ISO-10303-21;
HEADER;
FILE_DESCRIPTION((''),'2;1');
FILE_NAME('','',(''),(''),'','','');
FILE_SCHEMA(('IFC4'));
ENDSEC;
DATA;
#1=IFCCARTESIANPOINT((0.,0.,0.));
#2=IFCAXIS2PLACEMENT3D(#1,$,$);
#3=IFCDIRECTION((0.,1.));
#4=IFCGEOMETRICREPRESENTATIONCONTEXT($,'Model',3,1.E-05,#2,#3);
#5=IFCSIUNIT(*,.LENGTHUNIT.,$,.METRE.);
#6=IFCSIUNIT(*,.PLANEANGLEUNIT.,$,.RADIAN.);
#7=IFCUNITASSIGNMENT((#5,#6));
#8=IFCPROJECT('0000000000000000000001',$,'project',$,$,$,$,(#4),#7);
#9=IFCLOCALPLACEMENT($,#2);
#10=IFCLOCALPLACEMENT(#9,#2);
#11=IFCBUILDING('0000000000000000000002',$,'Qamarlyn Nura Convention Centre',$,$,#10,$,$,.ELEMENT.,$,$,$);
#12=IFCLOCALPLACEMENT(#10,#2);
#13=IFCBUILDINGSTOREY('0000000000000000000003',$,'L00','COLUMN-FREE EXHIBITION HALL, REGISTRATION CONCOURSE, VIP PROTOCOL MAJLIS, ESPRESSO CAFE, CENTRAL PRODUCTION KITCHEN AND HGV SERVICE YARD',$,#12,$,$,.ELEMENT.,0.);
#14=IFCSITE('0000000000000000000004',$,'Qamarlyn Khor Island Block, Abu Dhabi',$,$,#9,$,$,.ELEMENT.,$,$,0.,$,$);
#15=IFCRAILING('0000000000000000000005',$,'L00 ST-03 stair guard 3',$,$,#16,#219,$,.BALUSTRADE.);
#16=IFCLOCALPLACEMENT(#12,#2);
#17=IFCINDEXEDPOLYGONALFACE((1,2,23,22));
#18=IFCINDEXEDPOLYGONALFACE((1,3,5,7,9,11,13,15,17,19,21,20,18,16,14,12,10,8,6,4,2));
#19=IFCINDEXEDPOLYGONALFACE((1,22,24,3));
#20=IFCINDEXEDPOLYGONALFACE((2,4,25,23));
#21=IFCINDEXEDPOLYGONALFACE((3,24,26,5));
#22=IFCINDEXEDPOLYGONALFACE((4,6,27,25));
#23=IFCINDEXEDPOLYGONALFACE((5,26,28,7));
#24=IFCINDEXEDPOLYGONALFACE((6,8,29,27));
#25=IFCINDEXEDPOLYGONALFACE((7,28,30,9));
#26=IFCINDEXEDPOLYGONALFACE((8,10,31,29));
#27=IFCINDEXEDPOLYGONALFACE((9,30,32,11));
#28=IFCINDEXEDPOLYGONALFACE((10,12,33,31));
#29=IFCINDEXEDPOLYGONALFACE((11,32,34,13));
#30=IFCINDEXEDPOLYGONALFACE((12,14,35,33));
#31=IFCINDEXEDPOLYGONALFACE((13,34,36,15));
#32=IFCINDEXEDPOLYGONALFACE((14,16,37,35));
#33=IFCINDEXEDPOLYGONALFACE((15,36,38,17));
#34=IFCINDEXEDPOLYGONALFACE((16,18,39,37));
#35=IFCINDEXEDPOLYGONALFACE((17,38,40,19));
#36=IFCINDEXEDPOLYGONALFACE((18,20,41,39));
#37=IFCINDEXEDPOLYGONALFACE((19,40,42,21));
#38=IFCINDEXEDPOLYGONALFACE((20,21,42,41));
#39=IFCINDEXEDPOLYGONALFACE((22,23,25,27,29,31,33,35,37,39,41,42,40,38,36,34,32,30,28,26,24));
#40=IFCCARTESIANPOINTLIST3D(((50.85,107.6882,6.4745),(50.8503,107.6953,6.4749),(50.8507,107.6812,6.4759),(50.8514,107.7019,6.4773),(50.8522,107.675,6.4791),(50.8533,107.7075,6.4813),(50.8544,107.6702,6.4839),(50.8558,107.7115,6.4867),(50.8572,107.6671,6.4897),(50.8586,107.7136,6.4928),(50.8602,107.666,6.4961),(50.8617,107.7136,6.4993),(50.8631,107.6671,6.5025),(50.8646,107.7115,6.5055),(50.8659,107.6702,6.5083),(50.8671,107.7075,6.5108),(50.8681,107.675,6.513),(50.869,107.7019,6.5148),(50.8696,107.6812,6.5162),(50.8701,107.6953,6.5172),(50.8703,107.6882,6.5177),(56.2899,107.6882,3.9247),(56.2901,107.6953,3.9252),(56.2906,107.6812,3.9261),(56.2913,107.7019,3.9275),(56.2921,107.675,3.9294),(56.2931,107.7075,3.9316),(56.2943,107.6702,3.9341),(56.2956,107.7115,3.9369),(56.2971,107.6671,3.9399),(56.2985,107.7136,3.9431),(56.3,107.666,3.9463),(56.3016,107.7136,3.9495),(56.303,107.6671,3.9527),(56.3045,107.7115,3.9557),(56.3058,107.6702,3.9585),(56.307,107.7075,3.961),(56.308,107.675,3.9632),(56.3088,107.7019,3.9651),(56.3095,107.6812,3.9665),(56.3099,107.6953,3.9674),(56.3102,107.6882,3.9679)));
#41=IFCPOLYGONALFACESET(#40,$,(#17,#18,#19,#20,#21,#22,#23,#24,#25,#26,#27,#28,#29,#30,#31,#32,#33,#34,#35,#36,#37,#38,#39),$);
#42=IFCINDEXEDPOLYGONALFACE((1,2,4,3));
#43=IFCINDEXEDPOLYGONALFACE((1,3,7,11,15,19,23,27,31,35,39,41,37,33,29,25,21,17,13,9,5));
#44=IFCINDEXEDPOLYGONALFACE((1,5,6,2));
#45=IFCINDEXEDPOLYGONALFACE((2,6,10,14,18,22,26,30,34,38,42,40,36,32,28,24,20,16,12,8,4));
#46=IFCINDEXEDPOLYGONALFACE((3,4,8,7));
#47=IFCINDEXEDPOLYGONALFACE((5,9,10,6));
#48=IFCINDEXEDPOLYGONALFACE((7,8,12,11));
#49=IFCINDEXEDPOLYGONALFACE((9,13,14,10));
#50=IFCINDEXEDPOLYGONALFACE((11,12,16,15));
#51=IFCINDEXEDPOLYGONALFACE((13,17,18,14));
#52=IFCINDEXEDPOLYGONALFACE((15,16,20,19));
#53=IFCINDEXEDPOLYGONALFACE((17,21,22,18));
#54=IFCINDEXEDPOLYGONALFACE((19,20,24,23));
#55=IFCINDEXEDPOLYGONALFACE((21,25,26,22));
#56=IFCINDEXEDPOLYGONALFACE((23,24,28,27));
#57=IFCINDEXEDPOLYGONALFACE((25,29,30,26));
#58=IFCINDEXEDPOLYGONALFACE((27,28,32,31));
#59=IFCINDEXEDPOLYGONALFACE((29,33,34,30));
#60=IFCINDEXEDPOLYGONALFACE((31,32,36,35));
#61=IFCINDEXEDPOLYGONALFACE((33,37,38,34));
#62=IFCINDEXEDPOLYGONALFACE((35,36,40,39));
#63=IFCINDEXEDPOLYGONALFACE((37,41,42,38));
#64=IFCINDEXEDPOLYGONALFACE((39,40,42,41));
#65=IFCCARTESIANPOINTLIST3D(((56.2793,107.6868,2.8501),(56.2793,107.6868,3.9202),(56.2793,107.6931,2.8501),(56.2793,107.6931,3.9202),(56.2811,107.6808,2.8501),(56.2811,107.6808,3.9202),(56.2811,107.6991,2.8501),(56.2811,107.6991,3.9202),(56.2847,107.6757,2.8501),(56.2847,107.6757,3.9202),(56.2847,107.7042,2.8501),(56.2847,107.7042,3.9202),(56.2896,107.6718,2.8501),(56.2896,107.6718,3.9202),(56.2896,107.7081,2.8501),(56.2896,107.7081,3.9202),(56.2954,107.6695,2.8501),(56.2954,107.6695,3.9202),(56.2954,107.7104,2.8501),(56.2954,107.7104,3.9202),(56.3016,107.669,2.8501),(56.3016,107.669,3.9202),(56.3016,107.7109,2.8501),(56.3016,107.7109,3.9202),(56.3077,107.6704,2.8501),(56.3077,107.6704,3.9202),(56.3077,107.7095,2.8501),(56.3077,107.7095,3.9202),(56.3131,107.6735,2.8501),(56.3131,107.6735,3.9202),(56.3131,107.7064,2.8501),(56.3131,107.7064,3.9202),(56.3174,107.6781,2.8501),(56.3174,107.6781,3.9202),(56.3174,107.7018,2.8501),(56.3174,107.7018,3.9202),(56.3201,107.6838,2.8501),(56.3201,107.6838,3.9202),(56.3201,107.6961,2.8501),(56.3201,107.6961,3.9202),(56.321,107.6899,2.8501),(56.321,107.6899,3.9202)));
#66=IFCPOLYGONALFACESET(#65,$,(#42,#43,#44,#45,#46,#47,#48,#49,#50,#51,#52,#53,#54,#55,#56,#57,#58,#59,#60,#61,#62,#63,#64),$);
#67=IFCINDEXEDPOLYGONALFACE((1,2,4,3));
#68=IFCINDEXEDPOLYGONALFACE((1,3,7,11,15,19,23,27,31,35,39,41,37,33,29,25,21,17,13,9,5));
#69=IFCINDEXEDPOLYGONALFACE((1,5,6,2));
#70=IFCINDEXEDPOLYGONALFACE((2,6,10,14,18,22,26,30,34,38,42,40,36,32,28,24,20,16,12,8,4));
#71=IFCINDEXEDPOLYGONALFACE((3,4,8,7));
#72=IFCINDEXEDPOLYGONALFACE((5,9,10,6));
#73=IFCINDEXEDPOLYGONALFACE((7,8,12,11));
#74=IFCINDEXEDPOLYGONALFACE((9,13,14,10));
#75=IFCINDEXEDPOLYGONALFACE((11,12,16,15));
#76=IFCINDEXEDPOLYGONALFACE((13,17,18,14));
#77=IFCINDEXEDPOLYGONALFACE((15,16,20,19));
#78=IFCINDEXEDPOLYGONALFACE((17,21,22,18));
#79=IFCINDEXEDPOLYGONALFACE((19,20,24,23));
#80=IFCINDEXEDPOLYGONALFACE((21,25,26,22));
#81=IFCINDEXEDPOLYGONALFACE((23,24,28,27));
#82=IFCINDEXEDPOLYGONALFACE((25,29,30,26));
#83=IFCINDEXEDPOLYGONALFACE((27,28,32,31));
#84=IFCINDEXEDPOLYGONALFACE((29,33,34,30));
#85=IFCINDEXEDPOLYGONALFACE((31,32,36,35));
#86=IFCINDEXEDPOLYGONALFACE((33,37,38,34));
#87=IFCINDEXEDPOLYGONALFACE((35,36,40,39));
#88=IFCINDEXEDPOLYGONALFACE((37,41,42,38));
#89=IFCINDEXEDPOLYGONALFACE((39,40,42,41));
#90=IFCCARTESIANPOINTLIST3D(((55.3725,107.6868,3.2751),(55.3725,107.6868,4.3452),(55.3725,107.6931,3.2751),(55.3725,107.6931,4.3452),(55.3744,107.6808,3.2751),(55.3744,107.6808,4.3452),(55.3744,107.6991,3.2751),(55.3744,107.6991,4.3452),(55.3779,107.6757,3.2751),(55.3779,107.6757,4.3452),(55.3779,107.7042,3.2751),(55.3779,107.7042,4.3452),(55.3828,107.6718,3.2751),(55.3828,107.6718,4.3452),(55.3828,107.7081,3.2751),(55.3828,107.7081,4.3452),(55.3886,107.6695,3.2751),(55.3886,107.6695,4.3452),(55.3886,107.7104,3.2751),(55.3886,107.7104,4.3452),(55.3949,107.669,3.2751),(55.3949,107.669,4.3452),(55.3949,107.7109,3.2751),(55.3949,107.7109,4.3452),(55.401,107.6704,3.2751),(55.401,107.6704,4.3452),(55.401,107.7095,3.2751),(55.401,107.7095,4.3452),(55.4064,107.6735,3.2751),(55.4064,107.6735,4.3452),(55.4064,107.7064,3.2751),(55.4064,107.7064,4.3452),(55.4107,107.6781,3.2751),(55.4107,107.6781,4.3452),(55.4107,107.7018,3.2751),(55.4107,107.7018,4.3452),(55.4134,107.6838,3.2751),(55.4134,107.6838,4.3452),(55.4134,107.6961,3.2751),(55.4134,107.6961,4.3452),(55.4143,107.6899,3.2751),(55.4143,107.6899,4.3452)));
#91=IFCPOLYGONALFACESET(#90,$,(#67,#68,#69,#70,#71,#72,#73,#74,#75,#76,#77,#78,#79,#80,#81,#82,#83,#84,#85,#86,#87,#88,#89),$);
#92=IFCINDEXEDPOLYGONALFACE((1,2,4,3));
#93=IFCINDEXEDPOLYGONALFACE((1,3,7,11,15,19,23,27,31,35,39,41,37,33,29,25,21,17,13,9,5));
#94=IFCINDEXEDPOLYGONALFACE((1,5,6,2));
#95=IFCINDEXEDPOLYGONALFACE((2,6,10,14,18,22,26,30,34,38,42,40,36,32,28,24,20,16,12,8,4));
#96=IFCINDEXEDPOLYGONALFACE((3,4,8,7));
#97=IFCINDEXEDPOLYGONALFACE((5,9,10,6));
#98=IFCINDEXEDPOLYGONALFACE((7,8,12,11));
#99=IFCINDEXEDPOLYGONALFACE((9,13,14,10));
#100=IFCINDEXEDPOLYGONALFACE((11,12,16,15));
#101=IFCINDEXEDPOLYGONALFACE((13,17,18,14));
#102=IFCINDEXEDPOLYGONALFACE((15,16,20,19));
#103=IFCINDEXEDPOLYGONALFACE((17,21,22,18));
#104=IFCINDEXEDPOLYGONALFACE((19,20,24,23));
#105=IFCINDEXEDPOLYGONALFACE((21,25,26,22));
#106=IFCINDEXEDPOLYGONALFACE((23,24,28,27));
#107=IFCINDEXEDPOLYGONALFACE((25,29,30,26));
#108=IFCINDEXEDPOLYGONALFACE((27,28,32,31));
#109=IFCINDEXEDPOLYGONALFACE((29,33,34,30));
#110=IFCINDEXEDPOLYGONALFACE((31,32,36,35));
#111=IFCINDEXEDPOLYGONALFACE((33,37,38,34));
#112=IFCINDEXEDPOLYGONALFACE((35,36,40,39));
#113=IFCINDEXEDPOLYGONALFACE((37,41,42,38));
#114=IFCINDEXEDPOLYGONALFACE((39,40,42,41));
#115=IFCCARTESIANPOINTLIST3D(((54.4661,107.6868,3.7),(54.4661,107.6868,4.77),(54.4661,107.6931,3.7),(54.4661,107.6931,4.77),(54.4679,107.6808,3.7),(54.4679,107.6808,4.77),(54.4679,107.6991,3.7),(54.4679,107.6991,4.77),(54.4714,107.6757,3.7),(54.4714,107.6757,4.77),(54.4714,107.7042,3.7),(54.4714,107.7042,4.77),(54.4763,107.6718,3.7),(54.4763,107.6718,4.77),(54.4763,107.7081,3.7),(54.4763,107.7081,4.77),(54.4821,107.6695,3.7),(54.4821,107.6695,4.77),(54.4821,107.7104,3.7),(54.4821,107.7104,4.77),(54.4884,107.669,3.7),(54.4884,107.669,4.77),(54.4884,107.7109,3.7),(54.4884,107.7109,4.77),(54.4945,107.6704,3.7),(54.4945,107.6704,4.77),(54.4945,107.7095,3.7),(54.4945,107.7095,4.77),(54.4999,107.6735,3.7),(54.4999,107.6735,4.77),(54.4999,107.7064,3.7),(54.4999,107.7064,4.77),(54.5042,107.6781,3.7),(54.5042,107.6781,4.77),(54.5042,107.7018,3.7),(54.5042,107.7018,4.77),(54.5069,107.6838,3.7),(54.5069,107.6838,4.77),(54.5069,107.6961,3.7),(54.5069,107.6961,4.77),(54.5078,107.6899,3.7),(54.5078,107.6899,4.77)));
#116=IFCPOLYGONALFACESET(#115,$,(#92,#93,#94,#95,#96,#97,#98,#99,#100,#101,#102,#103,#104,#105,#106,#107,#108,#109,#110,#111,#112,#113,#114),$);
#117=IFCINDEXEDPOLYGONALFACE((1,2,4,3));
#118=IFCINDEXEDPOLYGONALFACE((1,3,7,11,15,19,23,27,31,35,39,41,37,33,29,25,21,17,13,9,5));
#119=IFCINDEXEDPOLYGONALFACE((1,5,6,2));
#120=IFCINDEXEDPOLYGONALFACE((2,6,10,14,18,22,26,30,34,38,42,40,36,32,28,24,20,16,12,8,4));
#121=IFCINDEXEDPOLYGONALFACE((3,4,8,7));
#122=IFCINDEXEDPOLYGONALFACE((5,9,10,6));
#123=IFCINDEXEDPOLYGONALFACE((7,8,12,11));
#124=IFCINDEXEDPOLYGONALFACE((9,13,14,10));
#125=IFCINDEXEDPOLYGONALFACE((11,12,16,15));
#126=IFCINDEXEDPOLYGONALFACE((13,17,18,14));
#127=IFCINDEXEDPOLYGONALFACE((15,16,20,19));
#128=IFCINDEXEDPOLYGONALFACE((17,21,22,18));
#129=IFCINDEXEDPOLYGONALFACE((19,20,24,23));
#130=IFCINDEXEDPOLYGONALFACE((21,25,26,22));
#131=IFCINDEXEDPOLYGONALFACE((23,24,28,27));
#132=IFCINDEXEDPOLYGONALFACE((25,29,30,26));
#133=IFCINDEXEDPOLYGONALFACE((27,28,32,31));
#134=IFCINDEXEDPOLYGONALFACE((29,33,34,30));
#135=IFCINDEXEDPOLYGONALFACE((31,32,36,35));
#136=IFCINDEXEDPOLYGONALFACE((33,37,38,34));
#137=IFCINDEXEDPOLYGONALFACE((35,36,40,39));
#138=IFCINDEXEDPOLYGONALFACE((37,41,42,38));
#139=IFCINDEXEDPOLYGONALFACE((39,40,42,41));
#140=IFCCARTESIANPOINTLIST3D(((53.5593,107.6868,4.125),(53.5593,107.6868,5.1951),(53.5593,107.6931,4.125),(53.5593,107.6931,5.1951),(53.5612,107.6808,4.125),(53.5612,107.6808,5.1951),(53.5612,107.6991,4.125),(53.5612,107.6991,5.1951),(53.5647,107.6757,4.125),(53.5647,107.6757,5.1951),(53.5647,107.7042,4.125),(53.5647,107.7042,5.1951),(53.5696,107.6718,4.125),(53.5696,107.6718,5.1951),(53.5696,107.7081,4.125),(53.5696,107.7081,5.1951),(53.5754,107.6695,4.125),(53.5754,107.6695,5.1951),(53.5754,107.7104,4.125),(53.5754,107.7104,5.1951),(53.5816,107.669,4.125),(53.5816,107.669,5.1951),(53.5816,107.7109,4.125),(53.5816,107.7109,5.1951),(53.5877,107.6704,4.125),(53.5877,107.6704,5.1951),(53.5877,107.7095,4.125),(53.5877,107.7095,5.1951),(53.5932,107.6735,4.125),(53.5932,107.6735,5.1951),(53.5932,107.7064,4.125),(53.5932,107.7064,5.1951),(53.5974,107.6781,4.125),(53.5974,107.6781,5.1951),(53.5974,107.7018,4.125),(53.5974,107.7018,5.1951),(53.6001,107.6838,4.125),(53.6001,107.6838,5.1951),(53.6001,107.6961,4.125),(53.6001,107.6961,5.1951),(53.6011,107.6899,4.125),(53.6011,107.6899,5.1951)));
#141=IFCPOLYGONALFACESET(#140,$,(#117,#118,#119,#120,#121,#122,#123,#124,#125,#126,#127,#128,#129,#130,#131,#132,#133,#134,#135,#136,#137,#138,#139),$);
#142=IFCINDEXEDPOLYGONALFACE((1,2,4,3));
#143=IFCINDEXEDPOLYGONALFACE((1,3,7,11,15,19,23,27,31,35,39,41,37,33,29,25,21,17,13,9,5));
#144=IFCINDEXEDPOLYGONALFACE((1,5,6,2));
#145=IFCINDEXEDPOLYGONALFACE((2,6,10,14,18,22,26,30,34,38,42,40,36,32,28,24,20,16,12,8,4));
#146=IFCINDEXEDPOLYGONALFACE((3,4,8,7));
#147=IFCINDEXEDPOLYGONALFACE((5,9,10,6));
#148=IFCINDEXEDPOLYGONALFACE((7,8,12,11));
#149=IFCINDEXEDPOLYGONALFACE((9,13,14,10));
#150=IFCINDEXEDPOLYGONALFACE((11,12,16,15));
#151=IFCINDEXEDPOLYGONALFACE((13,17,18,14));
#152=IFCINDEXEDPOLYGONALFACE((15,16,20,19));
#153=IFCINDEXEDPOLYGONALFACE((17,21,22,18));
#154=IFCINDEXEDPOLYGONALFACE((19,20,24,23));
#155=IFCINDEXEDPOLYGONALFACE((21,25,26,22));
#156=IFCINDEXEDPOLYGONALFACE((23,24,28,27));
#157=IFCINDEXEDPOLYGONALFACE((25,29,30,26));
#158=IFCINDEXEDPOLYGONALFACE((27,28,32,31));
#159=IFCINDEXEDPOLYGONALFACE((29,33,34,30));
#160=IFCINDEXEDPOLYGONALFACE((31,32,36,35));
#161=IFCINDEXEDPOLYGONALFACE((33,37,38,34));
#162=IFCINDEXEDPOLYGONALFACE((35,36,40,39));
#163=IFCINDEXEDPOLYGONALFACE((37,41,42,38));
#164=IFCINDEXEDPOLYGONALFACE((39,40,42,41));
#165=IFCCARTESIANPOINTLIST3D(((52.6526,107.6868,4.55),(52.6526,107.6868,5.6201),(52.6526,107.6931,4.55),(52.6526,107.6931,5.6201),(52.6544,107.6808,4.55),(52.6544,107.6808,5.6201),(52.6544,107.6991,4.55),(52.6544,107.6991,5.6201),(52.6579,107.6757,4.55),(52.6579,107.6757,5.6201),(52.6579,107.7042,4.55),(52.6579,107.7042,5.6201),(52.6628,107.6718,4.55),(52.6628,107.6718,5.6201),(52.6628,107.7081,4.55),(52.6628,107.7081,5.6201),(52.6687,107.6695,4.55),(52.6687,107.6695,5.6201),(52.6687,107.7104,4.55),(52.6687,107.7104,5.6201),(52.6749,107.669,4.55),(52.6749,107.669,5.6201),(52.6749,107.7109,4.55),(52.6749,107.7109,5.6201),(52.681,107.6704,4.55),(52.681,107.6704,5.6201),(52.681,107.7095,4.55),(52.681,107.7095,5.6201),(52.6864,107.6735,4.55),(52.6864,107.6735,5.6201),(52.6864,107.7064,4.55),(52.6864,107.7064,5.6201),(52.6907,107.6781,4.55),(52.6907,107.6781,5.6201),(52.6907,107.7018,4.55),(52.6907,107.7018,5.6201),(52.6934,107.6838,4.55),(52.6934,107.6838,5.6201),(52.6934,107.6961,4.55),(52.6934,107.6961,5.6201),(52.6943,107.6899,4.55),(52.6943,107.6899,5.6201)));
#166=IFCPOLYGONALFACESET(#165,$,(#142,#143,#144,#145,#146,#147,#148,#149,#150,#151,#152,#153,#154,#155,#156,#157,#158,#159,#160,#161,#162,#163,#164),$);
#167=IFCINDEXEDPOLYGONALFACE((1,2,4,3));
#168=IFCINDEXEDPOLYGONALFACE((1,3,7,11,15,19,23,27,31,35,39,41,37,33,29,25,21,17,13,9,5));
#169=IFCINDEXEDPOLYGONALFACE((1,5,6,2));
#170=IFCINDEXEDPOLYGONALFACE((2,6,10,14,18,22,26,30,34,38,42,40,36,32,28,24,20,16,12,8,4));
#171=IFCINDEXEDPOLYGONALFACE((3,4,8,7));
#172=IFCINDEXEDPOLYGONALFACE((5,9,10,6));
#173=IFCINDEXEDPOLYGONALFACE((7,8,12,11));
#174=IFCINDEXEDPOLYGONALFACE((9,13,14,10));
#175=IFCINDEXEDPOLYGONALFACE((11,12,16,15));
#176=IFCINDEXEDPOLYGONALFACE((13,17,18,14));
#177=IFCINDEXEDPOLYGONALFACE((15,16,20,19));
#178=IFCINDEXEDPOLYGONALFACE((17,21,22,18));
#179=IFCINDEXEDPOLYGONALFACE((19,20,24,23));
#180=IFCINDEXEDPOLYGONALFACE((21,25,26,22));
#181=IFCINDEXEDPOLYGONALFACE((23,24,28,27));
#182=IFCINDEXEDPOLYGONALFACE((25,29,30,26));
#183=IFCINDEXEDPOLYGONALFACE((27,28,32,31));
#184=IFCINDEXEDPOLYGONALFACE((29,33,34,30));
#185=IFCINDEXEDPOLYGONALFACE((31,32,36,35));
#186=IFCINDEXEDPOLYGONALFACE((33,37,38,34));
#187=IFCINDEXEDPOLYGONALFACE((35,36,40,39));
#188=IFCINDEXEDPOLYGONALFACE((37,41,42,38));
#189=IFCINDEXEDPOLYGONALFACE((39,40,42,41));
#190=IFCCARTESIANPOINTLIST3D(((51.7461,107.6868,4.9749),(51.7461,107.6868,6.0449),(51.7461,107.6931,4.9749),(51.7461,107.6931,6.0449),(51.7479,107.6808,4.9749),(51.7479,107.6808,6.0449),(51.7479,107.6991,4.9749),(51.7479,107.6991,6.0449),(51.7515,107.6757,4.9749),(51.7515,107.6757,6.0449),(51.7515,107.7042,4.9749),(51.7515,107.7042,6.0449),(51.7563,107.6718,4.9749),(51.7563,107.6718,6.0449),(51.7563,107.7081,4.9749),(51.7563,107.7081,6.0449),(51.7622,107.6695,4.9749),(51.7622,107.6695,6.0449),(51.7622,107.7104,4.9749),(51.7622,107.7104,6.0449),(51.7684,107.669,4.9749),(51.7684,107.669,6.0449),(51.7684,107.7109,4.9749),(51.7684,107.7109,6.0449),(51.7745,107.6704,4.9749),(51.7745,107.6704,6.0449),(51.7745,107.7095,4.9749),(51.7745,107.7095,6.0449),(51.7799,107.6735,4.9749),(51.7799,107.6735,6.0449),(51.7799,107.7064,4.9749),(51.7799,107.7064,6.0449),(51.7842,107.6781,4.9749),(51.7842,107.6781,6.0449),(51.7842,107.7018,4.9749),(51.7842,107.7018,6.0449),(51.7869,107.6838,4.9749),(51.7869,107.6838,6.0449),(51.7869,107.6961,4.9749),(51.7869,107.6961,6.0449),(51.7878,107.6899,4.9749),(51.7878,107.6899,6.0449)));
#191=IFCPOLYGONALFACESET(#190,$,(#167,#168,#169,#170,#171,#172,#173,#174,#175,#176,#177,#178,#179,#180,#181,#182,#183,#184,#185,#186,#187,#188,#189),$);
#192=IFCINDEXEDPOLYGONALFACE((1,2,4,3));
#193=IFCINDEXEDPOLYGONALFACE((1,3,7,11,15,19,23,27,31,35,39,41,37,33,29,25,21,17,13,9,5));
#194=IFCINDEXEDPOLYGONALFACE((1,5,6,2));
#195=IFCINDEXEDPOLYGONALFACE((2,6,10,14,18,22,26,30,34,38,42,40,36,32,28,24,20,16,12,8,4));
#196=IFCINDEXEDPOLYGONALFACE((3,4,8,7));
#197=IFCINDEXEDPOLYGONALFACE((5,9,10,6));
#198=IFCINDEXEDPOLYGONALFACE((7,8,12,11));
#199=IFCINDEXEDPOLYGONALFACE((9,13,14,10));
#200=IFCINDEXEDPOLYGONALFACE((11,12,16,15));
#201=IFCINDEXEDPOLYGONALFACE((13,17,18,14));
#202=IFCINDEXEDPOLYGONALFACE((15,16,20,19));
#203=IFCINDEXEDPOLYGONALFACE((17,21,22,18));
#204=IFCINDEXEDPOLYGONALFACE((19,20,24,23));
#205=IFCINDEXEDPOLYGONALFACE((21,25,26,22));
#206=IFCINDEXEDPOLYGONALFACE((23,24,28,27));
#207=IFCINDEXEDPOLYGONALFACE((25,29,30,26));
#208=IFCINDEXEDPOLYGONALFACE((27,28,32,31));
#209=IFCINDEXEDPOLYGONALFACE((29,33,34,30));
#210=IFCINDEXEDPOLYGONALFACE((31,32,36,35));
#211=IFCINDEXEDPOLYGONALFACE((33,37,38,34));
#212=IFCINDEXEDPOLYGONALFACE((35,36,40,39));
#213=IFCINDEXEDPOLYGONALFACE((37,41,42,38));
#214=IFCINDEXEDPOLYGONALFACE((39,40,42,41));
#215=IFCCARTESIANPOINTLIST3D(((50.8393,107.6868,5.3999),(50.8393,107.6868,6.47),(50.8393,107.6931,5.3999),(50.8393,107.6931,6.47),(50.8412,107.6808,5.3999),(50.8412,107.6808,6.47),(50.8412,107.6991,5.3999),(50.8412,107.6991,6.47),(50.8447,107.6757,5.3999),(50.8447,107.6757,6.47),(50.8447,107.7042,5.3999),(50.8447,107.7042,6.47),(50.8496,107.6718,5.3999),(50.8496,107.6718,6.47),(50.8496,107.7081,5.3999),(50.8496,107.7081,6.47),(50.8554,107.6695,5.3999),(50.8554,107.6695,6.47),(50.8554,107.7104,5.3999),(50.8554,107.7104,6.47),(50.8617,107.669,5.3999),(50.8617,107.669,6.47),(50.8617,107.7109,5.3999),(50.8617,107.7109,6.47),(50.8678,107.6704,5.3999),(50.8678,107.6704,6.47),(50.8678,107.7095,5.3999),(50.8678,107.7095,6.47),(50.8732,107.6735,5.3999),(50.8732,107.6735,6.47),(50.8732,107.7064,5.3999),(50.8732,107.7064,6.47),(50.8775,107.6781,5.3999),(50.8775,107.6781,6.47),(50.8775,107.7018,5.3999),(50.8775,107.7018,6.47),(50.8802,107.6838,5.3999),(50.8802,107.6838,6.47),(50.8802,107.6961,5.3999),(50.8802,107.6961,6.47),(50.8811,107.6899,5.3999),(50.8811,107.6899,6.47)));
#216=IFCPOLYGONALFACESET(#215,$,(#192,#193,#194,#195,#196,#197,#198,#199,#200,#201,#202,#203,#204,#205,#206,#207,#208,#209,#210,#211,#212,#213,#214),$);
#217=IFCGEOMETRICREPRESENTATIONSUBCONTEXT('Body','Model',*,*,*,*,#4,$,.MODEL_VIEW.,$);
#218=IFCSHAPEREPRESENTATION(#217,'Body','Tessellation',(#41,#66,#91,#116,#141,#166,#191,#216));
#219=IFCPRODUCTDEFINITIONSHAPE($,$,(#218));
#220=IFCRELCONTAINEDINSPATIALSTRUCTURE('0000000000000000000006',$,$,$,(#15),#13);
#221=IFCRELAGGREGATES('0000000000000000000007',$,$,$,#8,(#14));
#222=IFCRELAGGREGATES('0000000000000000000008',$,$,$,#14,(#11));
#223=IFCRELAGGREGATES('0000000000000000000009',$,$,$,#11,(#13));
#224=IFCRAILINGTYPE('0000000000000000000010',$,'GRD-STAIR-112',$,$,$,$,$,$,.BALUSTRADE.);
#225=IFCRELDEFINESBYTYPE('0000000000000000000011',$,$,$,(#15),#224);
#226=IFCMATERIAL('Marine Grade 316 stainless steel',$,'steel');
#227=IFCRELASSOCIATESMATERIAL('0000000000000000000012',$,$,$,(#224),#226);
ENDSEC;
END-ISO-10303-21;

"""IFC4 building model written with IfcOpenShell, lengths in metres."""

from ifc_helpers import new_model, si_unit, direction, frame, origin, origin_2d, place, context, subcontext, project, spatial, circle, extrude, material, type_object, element, save


model = new_model("IFC4")

# Units and contexts
model_context = context("Model", 3, precision=1e-05, world=origin(), true_north=direction((0.0, 1.0)))
body_context = subcontext(model_context, "Body", "Model", "MODEL_VIEW")
ifc_project = project(units=[si_unit("LENGTHUNIT", "METRE"), si_unit("PLANEANGLEUNIT", "RADIAN")], contexts=[model_context])

# Site, building, storey
site_placement = place(None, origin())
site = spatial("IfcSite", under=ifc_project, at=site_placement, Name="Qamarlyn Khor Island Block, Abu Dhabi", CompositionType="ELEMENT", RefElevation=0.0)
building_placement = place(site_placement, origin())
building = spatial("IfcBuilding", under=site, at=building_placement, Name="Qamarlyn Nura Convention Centre", CompositionType="ELEMENT")
storey_placement = place(building_placement, origin())
storey = spatial("IfcBuildingStorey", under=building, at=storey_placement, Name="L00", Description="COLUMN-FREE EXHIBITION HALL, REGISTRATION CONCOURSE, VIP PROTOCOL MAJLIS, ESPRESSO CAFE, CENTRAL PRODUCTION KITCHEN AND HGV SERVICE YARD", CompositionType="ELEMENT", Elevation=0.0)

# Railing
ifc_material_1 = material(Name="Marine Grade 316 stainless steel", Category="steel")
railing_type_1 = type_object("IfcRailingType", Name="GRD-STAIR-112", PredefinedType="BALUSTRADE", material=ifc_material_1)
railing_1_placement = place(storey_placement, frame((56.3, 107.6899, 2.8501)))
element("IfcRailing", 1, at=railing_1_placement, inside=storey, type_object=railing_type_1, Name="L00 ST-03 stair guard 3", PredefinedType="BALUSTRADE", context=body_context, shape_type="SweptSolid", body=[
    extrude(circle(Radius=0.0239, at=origin_2d()), frame((0.0, 0.0, 1.0962), z_axis=(-0.90547, 0.0, 0.424411), x_axis=(0.0, -1.0, 0.0)), (0.0, 0.0, 1.0), 6.0078),
    extrude(circle(Radius=0.021, at=origin_2d()), origin(), (0.0, 0.0, 1.0), 1.0701),
    extrude(circle(Radius=0.021, at=origin_2d()), frame((-0.9067, 0.0, 0.425)), (0.0, 0.0, 1.0), 1.0701),
    extrude(circle(Radius=0.021, at=origin_2d()), frame((-1.8132, 0.0, 0.8499)), (0.0, 0.0, 1.0), 1.0701),
    extrude(circle(Radius=0.021, at=origin_2d()), frame((-2.72, 0.0, 1.2749)), (0.0, 0.0, 1.0), 1.0701),
    extrude(circle(Radius=0.021, at=origin_2d()), frame((-3.6267, 0.0, 1.7)), (0.0, 0.0, 1.0), 1.0701),
    extrude(circle(Radius=0.021, at=origin_2d()), frame((-4.5332, 0.0, 2.1248)), (0.0, 0.0, 1.0), 1.0701),
    extrude(circle(Radius=0.021, at=origin_2d()), frame((-5.4399, 0.0, 2.5498)), (0.0, 0.0, 1.0), 1.0701),
])

save(model, "model.ifc")
